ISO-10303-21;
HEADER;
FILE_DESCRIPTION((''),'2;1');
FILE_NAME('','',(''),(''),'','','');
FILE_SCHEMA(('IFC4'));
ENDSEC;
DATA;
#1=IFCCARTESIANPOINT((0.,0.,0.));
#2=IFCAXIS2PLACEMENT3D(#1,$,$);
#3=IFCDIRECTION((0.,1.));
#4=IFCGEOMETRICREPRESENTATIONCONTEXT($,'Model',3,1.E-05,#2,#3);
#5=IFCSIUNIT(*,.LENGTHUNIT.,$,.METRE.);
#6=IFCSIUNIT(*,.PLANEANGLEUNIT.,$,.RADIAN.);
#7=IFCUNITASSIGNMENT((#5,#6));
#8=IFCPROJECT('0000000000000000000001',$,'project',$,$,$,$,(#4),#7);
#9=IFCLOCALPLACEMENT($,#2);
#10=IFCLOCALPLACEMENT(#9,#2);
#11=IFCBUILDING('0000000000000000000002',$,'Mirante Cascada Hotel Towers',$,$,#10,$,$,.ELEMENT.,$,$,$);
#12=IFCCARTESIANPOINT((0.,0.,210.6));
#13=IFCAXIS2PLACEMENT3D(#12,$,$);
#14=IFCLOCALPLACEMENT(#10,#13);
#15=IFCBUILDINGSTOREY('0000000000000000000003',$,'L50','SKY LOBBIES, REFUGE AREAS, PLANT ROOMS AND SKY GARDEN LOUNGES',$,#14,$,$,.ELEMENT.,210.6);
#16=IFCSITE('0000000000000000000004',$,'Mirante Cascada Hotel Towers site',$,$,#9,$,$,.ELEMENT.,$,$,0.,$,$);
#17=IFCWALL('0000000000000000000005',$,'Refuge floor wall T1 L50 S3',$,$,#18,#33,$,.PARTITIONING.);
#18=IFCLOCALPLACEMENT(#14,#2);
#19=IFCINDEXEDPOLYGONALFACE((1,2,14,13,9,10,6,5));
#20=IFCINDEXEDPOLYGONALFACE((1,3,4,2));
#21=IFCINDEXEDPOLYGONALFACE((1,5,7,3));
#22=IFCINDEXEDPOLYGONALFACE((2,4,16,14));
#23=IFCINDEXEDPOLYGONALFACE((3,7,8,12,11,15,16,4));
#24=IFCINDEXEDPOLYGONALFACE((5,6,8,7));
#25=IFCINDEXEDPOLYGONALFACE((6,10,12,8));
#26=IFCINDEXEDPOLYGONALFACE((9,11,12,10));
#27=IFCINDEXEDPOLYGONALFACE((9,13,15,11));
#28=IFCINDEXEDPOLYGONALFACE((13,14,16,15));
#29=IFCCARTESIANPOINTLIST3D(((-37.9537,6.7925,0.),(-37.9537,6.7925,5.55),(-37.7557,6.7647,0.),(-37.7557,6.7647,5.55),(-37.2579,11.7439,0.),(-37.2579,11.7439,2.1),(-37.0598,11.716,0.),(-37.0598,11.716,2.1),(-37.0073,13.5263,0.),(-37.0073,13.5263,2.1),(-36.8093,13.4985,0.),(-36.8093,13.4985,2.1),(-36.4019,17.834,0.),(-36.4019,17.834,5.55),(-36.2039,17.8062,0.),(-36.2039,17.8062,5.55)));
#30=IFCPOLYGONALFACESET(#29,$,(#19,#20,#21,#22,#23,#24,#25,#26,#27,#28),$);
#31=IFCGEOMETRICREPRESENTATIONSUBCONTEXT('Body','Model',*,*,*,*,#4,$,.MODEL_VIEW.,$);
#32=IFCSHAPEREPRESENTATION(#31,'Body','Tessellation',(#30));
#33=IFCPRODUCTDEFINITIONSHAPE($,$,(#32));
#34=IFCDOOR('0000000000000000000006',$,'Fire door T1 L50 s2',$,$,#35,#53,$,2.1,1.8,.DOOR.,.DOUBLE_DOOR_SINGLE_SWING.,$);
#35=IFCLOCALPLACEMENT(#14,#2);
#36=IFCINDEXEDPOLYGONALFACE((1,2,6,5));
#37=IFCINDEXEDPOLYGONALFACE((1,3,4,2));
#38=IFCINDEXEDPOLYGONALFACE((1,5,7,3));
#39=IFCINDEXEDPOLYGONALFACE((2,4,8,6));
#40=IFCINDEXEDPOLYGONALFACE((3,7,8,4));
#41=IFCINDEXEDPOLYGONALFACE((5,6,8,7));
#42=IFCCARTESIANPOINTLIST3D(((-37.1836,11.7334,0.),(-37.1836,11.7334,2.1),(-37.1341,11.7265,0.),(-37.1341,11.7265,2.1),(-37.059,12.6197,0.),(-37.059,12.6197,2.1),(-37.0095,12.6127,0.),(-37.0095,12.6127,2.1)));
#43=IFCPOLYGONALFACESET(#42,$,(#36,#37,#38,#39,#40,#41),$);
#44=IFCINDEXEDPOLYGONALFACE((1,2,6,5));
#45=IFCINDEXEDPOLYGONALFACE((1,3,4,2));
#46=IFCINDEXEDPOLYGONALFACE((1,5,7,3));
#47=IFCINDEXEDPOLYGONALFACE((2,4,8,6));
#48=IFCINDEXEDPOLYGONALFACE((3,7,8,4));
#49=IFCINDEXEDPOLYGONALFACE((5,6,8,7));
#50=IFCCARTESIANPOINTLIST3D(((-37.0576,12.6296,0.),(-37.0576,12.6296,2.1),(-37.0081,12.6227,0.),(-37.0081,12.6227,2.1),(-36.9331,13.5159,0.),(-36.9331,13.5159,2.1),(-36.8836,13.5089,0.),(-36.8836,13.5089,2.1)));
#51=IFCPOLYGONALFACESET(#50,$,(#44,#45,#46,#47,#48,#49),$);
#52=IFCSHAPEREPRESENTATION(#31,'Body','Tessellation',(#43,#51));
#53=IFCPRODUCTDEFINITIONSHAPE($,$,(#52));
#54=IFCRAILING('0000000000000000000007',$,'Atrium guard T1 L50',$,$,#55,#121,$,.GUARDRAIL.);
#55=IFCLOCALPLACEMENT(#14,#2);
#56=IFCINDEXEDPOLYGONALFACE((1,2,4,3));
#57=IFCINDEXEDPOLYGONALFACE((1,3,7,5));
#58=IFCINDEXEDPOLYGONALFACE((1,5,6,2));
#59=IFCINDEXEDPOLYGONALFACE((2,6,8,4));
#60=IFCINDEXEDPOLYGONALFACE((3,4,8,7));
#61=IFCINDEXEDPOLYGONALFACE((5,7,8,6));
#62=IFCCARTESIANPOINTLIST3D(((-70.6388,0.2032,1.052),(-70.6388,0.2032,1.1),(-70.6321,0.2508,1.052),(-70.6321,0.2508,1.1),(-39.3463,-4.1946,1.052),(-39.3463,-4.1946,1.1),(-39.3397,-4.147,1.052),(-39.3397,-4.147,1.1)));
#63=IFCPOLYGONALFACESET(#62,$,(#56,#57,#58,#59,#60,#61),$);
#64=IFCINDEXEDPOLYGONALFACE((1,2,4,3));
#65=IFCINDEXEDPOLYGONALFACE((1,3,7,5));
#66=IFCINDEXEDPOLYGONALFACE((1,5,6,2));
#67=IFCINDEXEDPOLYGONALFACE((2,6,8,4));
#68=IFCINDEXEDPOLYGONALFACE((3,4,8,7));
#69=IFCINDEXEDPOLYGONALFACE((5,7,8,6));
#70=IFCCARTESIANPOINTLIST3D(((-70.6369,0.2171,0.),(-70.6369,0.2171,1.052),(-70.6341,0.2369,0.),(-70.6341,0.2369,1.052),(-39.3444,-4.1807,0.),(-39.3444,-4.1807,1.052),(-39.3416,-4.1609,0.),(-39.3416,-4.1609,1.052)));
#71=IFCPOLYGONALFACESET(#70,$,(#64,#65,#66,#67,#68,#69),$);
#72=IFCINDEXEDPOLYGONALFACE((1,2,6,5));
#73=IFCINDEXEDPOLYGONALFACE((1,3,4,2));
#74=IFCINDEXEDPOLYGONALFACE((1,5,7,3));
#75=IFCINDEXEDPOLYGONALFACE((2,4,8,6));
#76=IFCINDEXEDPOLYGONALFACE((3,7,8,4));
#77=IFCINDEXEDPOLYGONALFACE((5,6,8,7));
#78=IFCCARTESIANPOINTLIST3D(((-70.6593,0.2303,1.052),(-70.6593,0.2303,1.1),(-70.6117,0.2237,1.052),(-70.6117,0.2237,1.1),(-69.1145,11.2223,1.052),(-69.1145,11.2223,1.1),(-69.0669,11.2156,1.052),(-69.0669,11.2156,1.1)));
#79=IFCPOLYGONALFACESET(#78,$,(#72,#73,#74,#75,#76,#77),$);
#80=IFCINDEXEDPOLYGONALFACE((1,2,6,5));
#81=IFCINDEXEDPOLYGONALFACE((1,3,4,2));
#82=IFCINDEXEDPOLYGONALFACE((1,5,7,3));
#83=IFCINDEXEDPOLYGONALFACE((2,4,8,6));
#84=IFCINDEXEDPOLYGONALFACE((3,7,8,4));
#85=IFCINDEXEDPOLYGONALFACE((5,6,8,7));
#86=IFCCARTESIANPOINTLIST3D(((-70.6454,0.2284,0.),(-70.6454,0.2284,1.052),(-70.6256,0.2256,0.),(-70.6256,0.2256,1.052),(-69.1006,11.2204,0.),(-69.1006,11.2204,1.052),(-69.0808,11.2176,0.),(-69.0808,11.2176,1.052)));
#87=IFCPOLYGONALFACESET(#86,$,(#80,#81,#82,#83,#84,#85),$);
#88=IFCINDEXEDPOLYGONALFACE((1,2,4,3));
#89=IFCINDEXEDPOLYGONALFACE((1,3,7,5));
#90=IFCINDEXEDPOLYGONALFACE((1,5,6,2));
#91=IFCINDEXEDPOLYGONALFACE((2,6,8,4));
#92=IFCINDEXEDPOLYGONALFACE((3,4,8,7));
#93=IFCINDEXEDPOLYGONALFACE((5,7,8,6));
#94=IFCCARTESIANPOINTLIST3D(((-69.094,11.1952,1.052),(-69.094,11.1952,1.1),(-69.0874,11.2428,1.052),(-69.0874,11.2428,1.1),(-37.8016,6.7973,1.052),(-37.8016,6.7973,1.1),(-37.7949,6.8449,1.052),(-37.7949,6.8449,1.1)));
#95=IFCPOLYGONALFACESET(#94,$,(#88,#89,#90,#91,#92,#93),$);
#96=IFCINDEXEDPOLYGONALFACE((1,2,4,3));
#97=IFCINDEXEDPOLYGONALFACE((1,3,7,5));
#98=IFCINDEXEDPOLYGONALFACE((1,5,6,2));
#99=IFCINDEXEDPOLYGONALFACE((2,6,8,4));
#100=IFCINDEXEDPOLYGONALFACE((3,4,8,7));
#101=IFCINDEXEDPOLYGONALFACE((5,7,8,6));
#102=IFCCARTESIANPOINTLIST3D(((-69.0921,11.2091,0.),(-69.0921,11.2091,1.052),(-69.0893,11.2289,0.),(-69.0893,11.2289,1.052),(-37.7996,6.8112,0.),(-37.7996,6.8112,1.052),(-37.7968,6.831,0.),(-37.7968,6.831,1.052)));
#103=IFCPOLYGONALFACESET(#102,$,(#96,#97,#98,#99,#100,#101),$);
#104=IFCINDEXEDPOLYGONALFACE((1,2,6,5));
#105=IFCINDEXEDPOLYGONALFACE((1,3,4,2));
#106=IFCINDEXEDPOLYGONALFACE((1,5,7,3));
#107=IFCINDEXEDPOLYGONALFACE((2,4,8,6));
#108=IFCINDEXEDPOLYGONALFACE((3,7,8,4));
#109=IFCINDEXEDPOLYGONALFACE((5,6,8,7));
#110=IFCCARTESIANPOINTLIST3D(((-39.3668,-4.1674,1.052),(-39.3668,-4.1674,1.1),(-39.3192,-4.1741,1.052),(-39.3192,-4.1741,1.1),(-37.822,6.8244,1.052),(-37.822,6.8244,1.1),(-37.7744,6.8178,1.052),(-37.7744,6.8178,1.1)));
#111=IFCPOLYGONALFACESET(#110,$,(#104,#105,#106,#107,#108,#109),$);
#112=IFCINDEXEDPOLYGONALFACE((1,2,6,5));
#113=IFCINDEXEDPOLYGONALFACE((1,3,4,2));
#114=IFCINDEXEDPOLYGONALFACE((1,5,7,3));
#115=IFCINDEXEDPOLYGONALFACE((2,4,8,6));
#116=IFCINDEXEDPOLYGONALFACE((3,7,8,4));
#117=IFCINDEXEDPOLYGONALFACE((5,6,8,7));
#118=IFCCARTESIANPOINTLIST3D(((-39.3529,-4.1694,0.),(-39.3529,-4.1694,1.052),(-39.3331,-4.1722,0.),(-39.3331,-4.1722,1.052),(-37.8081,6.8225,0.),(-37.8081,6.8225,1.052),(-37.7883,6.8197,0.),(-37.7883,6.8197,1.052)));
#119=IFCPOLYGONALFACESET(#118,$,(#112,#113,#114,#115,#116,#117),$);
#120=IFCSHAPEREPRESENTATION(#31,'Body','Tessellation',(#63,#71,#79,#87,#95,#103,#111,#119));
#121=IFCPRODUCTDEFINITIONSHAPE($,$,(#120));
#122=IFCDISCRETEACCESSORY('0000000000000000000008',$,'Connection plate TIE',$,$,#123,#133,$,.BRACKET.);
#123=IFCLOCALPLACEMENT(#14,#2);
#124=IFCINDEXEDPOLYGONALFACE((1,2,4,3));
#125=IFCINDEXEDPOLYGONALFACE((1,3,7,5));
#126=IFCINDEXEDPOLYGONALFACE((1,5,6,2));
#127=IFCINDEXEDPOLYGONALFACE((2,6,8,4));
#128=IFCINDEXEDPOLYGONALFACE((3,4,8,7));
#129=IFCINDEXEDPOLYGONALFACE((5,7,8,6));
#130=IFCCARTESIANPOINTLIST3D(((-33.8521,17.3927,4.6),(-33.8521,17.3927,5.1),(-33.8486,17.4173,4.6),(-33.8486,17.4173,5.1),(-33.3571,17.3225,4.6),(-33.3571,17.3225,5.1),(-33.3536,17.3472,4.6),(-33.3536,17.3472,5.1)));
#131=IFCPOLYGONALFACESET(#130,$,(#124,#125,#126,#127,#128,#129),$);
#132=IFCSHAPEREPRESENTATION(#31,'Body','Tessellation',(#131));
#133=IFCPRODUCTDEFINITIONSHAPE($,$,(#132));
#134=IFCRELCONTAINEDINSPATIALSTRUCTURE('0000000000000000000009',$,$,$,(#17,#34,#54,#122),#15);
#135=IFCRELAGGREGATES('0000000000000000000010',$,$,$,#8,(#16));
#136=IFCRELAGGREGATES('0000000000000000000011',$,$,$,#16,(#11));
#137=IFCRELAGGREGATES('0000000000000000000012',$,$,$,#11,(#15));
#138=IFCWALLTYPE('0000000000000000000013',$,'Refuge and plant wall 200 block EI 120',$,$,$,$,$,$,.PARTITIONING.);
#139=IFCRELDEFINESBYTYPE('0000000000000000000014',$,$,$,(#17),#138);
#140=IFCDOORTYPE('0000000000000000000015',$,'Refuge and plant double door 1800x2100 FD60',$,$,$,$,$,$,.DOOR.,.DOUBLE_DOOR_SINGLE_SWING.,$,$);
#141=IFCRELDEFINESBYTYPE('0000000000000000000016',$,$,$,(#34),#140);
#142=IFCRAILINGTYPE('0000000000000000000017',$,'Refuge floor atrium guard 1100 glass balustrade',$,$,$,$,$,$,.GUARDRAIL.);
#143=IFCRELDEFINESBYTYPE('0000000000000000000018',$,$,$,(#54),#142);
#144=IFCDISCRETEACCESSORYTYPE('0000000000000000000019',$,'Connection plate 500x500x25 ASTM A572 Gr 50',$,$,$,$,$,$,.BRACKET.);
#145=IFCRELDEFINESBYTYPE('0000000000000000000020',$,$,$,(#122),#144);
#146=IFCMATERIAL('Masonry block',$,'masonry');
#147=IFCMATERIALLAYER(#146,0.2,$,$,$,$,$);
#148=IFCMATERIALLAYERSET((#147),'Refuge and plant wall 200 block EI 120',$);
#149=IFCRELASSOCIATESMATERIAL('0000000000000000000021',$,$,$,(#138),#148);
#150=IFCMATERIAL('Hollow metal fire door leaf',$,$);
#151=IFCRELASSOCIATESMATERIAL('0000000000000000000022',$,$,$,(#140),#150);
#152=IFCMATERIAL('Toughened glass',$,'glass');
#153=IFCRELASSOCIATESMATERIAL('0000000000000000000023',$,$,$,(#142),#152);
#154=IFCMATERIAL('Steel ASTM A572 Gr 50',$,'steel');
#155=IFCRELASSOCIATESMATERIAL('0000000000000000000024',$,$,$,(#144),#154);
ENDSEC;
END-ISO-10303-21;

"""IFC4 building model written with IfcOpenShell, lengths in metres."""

from ifc_helpers import new_model, si_unit, direction, frame, frame_2d, origin, origin_2d, place, context, subcontext, project, spatial, rectangle, extrude, material, layer, layer_set, material_profile, profile_set, type_object, element, fill, save


model = new_model("IFC4")

# Units and contexts
model_context = context("Model", 3, precision=1e-05, world=origin(), true_north=direction((0.0, 1.0)))
body_context = subcontext(model_context, "Body", "Model", "MODEL_VIEW")
ifc_project = project(units=[si_unit("LENGTHUNIT", "METRE"), si_unit("PLANEANGLEUNIT", "RADIAN")], contexts=[model_context])

# Site, building, storey
site_placement = place(None, origin())
site = spatial("IfcSite", under=ifc_project, at=site_placement, Name="Mirante Cascada Hotel Towers site", CompositionType="ELEMENT", RefElevation=0.0)
building_placement = place(site_placement, origin())
building = spatial("IfcBuilding", under=site, at=building_placement, Name="Mirante Cascada Hotel Towers", CompositionType="ELEMENT")
storey_placement = place(building_placement, frame((0.0, 0.0, 210.6)))
storey = spatial("IfcBuildingStorey", under=building, at=storey_placement, Name="L50", Description="SKY LOBBIES, REFUGE AREAS, PLANT ROOMS AND SKY GARDEN LOUNGES", CompositionType="ELEMENT", Elevation=210.6)

# Wall, opening, door
ifc_material_1 = material(Name="Masonry block", Category="masonry")
ifc_layer_1 = layer(ifc_material_1, 0.2)
ifc_layer_set_1 = layer_set([ifc_layer_1], Name="Refuge and plant wall 200 block EI 120")
wall_type_1 = type_object("IfcWallType", Name="Refuge and plant wall 200 block EI 120", PredefinedType="PARTITIONING", material=ifc_layer_set_1)
ifc_material_2 = material(Name="Hollow metal fire door leaf")
door_type_1 = type_object("IfcDoorType", Name="Refuge and plant double door 1800x2100 FD60", OperationType="DOUBLE_DOOR_SINGLE_SWING", PredefinedType="DOOR", material=ifc_material_2)
wall_1_placement = place(storey_placement, frame((-37.8547, 6.7786, 0.0), z_axis=(0.0, 0.0, 1.0), x_axis=(0.139175, 0.990268, 0.0)))
wall_1 = element("IfcWall", 1, at=wall_1_placement, inside=storey, type_object=wall_type_1, Name="Refuge floor wall T1 L50 S3", PredefinedType="PARTITIONING", context=body_context, shape_type="SweptSolid", body=[
    extrude(rectangle(XDim=11.15, YDim=0.2, at=frame_2d((5.575, 0.0))), origin(), (0.0, 0.0, 1.0), 5.55),
])
opening_1_placement = place(wall_1_placement, frame((5.0, 0.0, 0.0)))
opening_1 = element("IfcOpeningElement", 2, at=opening_1_placement, cuts=wall_1, PredefinedType="OPENING", context=body_context, shape_type="SweptSolid", body=[
    extrude(rectangle(XDim=1.8, YDim=2.1, at=frame_2d((0.9, 1.05))), frame((0.0, 0.1, 0.0), z_axis=(0.0, -1.0, 0.0), x_axis=(1.0, 0.0, 0.0)), (0.0, 0.0, 1.0), 0.2),
])
door_1_placement = place(opening_1_placement, origin())
door_1 = element("IfcDoor", 3, at=door_1_placement, inside=storey, type_object=door_type_1, Name="Fire door T1 L50 s2", OperationType="DOUBLE_DOOR_SINGLE_SWING", OverallHeight=2.1, OverallWidth=1.8, PredefinedType="DOOR", context=body_context, shape_type="SweptSolid", body=[
    extrude(rectangle(XDim=0.895, YDim=2.1, at=frame_2d((0.4475, 1.05))), frame((0.0, 0.025, 0.0), z_axis=(0.0, -1.0, 0.0), x_axis=(1.0, 0.0, 0.0)), (0.0, 0.0, 1.0), 0.05),
    extrude(rectangle(XDim=0.895, YDim=2.1, at=frame_2d((1.3525, 1.05))), frame((0.0, 0.025, 0.0), z_axis=(0.0, -1.0, 0.0), x_axis=(1.0, 0.0, 0.0)), (0.0, 0.0, 1.0), 0.05),
])
fill(opening_1, door_1)

# Railing
ifc_material_3 = material(Name="Toughened glass", Category="glass")
railing_type = type_object("IfcRailingType", Name="Refuge floor atrium guard 1100 glass balustrade", PredefinedType="GUARDRAIL", material=ifc_material_3)
railing_placement = place(storey_placement, frame((-39.343, -4.1708, 0.0)))
element("IfcRailing", 4, at=railing_placement, inside=storey, type_object=railing_type, Name="Atrium guard T1 L50", PredefinedType="GUARDRAIL", context=body_context, shape_type="SweptSolid", body=[
    extrude(rectangle(XDim=0.048, YDim=0.048, at=origin_2d()), frame((0.0, 0.0, 1.076), z_axis=(-0.990268, 0.139171, 0.0), x_axis=(-0.139171, -0.990268, 0.0)), (0.0, 0.0, 1.0), 31.6),
    extrude(rectangle(XDim=0.02, YDim=1.052, at=origin_2d()), frame((0.0, 0.0, 0.526), z_axis=(-0.990268, 0.139171, 0.0), x_axis=(-0.139171, -0.990268, 0.0)), (0.0, 0.0, 1.0), 31.6),
    extrude(rectangle(XDim=0.048, YDim=0.048, at=origin_2d()), frame((-31.2925, 4.3978, 1.076), z_axis=(0.139171, 0.990268, 0.0), x_axis=(-0.990268, 0.139171, 0.0)), (0.0, 0.0, 1.0), 11.1),
    extrude(rectangle(XDim=0.02, YDim=1.052, at=origin_2d()), frame((-31.2925, 4.3978, 0.526), z_axis=(0.139171, 0.990268, 0.0), x_axis=(-0.990268, 0.139171, 0.0)), (0.0, 0.0, 1.0), 11.1),
    extrude(rectangle(XDim=0.048, YDim=0.048, at=origin_2d()), frame((-29.7477, 15.3898, 1.076), z_axis=(0.990268, -0.139174, 0.0), x_axis=(0.139174, 0.990268, 0.0)), (0.0, 0.0, 1.0), 31.6),
    extrude(rectangle(XDim=0.02, YDim=1.052, at=origin_2d()), frame((-29.7477, 15.3898, 0.526), z_axis=(0.990268, -0.139174, 0.0), x_axis=(0.139174, 0.990268, 0.0)), (0.0, 0.0, 1.0), 31.6),
    extrude(rectangle(XDim=0.048, YDim=0.048, at=origin_2d()), frame((1.5448, 10.9919, 1.076), z_axis=(-0.139172, -0.990268, 0.0), x_axis=(0.990268, -0.139172, 0.0)), (0.0, 0.0, 1.0), 11.0999),
    extrude(rectangle(XDim=0.02, YDim=1.052, at=origin_2d()), frame((1.5448, 10.9919, 0.526), z_axis=(-0.139172, -0.990268, 0.0), x_axis=(0.990268, -0.139172, 0.0)), (0.0, 0.0, 1.0), 11.0999),
])

# Discrete accessory
ifc_material_4 = material(Name="Steel ASTM A572 Gr 50", Category="steel")
ifc_material_profile_1 = material_profile(ifc_material_4, rectangle(XDim=0.5, YDim=0.5, at=origin_2d()), Name="Connection plate 500x500x25 ASTM A572 Gr 50")
ifc_profile_set_1 = profile_set([ifc_material_profile_1], Name="Steel ASTM A572 Gr 50")
discrete_accessory_type = type_object("IfcDiscreteAccessoryType", Name="Connection plate 500x500x25 ASTM A572 Gr 50", PredefinedType="BRACKET", material=ifc_profile_set_1)
discrete_accessory_placement = place(storey_placement, frame((-33.6046, 17.3576, 4.85), z_axis=(0.140299, 0.990109, 0.0), x_axis=(-0.990109, 0.140299, 0.0)))
element("IfcDiscreteAccessory", 5, at=discrete_accessory_placement, inside=storey, type_object=discrete_accessory_type, Name="Connection plate TIE", PredefinedType="BRACKET", context=body_context, shape_type="SweptSolid", body=[
    extrude(rectangle(XDim=0.5, YDim=0.5, at=origin_2d()), origin(), (0.0, 0.0, 1.0), 0.0249),
])

save(model, "model.ifc")
